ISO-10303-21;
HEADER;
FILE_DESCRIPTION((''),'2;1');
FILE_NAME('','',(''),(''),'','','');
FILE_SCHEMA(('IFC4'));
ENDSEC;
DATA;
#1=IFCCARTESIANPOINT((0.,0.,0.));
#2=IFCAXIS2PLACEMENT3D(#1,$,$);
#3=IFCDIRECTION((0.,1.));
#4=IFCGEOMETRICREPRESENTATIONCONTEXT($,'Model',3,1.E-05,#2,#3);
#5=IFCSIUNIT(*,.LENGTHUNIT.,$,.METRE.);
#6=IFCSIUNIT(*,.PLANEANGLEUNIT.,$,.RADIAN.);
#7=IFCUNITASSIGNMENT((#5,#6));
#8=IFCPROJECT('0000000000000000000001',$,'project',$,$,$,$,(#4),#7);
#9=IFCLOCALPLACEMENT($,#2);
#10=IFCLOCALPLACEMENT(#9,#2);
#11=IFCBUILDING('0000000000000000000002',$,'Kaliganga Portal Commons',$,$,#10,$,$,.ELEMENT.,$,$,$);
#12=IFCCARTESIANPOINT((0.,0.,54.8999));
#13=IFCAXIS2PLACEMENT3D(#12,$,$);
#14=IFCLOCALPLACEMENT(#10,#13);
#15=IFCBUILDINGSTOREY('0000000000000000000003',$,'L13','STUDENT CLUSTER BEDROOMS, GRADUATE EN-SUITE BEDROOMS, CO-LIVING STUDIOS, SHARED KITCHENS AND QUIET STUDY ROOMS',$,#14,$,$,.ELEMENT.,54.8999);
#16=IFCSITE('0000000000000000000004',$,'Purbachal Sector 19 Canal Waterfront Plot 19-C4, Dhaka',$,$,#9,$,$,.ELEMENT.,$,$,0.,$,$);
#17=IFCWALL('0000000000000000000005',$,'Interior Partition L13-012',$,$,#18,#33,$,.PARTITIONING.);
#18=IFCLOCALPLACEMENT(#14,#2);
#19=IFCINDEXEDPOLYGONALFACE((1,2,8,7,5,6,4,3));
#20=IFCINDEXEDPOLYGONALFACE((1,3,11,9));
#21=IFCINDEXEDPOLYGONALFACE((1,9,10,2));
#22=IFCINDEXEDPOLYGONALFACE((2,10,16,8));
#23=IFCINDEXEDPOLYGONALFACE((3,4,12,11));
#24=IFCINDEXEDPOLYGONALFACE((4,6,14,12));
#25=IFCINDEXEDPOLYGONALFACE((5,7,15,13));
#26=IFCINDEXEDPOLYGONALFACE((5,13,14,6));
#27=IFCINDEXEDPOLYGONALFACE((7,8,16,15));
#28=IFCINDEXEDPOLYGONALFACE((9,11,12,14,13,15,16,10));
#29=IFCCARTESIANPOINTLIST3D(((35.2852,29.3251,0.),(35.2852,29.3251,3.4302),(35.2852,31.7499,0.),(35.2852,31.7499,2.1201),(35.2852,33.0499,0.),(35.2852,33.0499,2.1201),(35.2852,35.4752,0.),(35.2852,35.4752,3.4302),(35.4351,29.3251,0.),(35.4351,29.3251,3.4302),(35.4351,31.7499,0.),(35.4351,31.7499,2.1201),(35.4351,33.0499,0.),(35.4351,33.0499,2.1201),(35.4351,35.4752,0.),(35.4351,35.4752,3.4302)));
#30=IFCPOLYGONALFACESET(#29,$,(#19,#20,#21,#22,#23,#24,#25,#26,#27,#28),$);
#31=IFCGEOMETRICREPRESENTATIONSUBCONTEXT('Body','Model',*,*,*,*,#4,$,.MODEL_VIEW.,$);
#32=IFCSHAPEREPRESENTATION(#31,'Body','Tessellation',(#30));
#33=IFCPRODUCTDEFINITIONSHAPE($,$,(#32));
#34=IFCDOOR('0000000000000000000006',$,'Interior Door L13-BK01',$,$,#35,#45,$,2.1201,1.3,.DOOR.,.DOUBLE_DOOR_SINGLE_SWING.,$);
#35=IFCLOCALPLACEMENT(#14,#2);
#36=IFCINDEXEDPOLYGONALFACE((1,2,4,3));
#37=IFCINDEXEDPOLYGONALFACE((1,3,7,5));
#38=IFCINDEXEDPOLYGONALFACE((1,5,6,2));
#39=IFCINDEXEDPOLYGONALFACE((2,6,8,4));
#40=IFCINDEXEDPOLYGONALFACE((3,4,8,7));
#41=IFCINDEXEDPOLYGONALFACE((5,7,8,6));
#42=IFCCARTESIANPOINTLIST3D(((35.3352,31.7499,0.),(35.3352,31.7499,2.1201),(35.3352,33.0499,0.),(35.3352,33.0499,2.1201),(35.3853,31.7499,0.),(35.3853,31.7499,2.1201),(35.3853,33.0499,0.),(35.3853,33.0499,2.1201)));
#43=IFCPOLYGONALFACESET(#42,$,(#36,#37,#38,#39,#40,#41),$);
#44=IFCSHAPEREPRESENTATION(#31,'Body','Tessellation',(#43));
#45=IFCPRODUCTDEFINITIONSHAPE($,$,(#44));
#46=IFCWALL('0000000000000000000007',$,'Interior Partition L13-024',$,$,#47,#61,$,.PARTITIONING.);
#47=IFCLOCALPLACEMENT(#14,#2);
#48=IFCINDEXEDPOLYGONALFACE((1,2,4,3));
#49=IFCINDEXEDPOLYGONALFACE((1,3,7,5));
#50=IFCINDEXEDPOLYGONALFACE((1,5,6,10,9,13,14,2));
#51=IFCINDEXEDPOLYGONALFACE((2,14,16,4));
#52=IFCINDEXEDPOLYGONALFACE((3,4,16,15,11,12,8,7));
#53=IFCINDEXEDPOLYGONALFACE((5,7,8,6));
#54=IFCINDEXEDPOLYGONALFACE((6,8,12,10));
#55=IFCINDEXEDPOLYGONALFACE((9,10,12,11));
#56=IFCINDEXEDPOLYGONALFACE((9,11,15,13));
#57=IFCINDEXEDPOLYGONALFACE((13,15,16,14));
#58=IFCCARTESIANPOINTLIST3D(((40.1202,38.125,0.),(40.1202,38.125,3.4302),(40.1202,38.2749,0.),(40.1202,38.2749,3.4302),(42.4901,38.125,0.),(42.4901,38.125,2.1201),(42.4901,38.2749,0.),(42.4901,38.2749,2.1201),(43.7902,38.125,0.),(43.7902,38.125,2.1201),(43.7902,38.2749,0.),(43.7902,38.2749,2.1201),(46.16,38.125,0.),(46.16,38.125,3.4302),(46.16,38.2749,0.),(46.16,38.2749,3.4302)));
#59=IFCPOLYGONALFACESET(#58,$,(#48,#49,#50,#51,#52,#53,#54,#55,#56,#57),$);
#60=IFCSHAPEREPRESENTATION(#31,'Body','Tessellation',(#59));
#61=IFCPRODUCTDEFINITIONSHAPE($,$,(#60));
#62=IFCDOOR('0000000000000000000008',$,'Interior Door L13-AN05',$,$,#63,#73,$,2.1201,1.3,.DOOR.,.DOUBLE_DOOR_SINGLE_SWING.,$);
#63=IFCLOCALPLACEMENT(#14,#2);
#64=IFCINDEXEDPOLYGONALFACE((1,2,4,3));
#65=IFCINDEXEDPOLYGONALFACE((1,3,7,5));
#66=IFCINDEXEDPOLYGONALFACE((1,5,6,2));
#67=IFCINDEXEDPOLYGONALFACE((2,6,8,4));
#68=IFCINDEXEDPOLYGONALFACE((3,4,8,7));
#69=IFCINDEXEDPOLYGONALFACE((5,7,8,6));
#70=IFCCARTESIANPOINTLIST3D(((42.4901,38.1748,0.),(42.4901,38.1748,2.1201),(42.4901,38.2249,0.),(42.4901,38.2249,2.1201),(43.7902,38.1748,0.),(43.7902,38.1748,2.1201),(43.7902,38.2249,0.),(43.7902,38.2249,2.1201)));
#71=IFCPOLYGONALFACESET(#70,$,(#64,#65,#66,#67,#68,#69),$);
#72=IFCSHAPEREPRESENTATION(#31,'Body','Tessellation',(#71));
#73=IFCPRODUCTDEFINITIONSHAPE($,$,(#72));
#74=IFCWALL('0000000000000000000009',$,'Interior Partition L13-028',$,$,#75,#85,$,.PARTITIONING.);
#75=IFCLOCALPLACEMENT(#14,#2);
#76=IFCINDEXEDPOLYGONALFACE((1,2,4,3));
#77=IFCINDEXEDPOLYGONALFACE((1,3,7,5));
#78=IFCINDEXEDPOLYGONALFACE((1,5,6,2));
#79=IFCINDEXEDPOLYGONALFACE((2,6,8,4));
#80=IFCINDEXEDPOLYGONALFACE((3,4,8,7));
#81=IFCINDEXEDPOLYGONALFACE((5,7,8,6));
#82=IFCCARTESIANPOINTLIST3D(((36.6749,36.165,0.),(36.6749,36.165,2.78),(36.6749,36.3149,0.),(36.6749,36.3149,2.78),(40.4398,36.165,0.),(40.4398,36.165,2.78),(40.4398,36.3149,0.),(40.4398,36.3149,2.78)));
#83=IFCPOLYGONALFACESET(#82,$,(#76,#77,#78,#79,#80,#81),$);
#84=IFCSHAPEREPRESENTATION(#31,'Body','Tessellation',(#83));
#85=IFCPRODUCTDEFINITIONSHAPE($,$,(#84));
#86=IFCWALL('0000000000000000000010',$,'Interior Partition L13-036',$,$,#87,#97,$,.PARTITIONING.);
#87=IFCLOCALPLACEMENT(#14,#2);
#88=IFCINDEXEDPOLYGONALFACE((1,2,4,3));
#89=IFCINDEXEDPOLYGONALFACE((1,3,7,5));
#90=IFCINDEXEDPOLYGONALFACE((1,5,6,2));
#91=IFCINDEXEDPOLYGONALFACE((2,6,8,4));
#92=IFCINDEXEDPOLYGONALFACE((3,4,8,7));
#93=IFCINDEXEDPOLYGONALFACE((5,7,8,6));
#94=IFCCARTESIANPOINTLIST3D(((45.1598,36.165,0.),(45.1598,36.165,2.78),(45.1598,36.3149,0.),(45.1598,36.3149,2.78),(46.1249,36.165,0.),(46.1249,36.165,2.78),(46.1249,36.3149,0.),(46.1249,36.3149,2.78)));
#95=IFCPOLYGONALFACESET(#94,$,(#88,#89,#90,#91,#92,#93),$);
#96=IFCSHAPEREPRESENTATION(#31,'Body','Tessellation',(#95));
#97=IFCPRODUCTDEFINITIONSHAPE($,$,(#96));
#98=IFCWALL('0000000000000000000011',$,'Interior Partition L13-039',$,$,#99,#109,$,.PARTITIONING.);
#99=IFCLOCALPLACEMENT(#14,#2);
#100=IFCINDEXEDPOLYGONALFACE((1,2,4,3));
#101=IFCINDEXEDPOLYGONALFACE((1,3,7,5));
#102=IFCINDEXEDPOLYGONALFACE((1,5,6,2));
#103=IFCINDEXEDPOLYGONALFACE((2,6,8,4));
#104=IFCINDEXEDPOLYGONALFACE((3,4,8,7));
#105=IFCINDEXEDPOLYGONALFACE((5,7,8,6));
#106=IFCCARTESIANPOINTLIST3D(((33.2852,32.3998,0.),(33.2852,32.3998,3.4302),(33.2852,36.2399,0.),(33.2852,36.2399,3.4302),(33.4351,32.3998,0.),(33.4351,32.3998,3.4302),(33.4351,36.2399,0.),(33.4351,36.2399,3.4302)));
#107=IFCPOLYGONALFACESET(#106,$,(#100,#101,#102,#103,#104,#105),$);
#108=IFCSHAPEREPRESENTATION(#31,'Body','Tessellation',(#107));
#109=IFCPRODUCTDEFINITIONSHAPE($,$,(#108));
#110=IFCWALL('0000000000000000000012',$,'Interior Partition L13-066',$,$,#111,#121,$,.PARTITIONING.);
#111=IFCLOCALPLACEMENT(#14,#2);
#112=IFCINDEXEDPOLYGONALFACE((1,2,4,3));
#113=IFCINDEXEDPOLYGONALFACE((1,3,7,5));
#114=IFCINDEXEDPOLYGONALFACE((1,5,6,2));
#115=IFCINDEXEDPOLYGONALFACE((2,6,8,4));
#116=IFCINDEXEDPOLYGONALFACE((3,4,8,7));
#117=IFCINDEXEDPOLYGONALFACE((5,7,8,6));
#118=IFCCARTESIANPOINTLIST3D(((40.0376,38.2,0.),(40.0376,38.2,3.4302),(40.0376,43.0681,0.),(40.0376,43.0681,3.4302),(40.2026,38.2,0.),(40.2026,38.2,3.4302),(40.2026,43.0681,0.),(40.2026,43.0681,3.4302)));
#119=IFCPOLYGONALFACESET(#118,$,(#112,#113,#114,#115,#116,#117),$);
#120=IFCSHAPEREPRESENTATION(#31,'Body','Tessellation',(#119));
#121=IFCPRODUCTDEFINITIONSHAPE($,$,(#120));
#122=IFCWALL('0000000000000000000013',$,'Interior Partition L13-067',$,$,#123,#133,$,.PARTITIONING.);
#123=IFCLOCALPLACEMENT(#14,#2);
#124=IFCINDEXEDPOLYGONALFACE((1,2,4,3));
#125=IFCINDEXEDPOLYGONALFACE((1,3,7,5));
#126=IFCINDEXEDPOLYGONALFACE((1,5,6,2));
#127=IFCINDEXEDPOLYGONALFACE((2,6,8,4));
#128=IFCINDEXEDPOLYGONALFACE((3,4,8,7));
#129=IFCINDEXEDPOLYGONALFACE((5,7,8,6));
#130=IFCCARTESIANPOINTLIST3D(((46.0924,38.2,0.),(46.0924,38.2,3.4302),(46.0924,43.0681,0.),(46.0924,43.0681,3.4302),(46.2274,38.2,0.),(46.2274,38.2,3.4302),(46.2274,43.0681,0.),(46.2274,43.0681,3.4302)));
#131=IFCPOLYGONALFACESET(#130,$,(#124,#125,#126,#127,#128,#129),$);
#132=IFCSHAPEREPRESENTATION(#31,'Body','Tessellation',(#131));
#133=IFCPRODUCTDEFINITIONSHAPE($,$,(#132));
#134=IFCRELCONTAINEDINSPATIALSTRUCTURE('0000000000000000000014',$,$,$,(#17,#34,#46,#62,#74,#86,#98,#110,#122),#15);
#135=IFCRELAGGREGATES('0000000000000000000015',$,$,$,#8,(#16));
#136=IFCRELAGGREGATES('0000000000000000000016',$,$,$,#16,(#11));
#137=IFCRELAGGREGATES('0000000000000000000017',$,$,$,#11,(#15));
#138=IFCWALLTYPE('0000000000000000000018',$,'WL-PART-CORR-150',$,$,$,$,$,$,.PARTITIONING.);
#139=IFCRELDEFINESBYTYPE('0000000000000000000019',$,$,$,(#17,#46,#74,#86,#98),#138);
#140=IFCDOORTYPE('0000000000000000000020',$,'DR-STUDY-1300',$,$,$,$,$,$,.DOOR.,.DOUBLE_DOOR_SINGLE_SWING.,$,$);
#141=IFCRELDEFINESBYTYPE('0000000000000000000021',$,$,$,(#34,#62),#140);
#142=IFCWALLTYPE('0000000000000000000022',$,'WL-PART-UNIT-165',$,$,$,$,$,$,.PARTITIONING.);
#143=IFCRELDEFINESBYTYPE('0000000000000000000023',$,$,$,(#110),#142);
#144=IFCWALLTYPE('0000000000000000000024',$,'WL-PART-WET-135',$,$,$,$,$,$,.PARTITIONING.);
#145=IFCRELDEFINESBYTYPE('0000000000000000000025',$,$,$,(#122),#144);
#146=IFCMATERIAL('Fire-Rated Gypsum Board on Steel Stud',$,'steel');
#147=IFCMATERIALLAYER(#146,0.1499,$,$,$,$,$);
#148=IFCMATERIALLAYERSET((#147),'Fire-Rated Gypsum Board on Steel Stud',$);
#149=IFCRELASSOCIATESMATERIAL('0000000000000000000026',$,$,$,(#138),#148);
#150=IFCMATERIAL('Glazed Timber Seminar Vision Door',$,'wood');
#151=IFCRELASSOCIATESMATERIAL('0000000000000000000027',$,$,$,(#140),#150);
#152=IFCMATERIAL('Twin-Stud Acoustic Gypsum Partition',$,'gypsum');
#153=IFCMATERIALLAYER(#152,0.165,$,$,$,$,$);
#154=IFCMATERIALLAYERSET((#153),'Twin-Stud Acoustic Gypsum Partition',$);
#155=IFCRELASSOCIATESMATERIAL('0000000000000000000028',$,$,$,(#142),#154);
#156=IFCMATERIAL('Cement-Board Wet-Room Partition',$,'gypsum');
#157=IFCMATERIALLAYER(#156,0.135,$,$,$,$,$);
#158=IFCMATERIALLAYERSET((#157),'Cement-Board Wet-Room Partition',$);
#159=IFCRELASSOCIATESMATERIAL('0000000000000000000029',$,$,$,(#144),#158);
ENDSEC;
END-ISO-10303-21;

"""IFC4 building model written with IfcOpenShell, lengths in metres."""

from ifc_helpers import new_model, si_unit, direction, frame, frame_2d, origin, place, context, subcontext, project, spatial, rectangle, extrude, material, layer, layer_set, type_object, element, fill, save


model = new_model("IFC4")

# Units and contexts
model_context = context("Model", 3, precision=1e-05, world=origin(), true_north=direction((0.0, 1.0)))
body_context = subcontext(model_context, "Body", "Model", "MODEL_VIEW")
ifc_project = project(units=[si_unit("LENGTHUNIT", "METRE"), si_unit("PLANEANGLEUNIT", "RADIAN")], contexts=[model_context])

# Site, building, storey
site_placement = place(None, origin())
site = spatial("IfcSite", under=ifc_project, at=site_placement, Name="Purbachal Sector 19 Canal Waterfront Plot 19-C4, Dhaka", CompositionType="ELEMENT", RefElevation=0.0)
building_placement = place(site_placement, origin())
building = spatial("IfcBuilding", under=site, at=building_placement, Name="Kaliganga Portal Commons", CompositionType="ELEMENT")
storey_placement = place(building_placement, frame((0.0, 0.0, 54.8999)))
storey = spatial("IfcBuildingStorey", under=building, at=storey_placement, Name="L13", Description="STUDENT CLUSTER BEDROOMS, GRADUATE EN-SUITE BEDROOMS, CO-LIVING STUDIOS, SHARED KITCHENS AND QUIET STUDY ROOMS", CompositionType="ELEMENT", Elevation=54.8999)

# Walls, openings, doors
ifc_material_1 = material(Name="Fire-Rated Gypsum Board on Steel Stud", Category="steel")
ifc_layer_1 = layer(ifc_material_1, 0.1499)
ifc_layer_set_1 = layer_set([ifc_layer_1], Name="Fire-Rated Gypsum Board on Steel Stud")
wall_type_1 = type_object("IfcWallType", Name="WL-PART-CORR-150", PredefinedType="PARTITIONING", material=ifc_layer_set_1)
wall_1_placement = place(storey_placement, frame((35.3601, 29.325, 0.0), z_axis=(0.0, 0.0, 1.0), x_axis=(0.0, 1.0, 0.0)))
wall_1 = element("IfcWall", 1, at=wall_1_placement, inside=storey, type_object=wall_type_1, Name="Interior Partition L13-012", PredefinedType="PARTITIONING", context=body_context, shape_type="SweptSolid", body=[
    extrude(rectangle(XDim=6.1501, YDim=0.1499, at=frame_2d((3.0752, 0.0))), origin(), (0.0, 0.0, 1.0), 3.4302),
])
opening_1_placement = place(wall_1_placement, frame((2.425, 0.0, 0.0)))
opening_1 = element("IfcOpeningElement", 2, at=opening_1_placement, cuts=wall_1, PredefinedType="OPENING", context=body_context, shape_type="SweptSolid", body=[
    extrude(rectangle(XDim=1.3, YDim=2.1201, at=frame_2d((0.6499, 1.0601))), frame((0.0, 0.085, 0.0), z_axis=(0.0, -1.0, 0.0), x_axis=(1.0, 0.0, 0.0)), (0.0, 0.0, 1.0), 0.1699),
])
ifc_material_2 = material(Name="Glazed Timber Seminar Vision Door", Category="wood")
door_type_1 = type_object("IfcDoorType", Name="DR-STUDY-1300", OperationType="DOUBLE_DOOR_SINGLE_SWING", PredefinedType="DOOR", material=ifc_material_2)
door_1_placement = place(opening_1_placement, origin())
door_1 = element("IfcDoor", 3, at=door_1_placement, inside=storey, type_object=door_type_1, Name="Interior Door L13-BK01", OperationType="DOUBLE_DOOR_SINGLE_SWING", OverallHeight=2.1201, OverallWidth=1.3, PredefinedType="DOOR", context=body_context, shape_type="SweptSolid", body=[
    extrude(rectangle(XDim=1.3, YDim=2.1201, at=frame_2d((0.6499, 1.0601))), frame((0.0, 0.0249, 0.0), z_axis=(0.0, -1.0, 0.0), x_axis=(1.0, 0.0, 0.0)), (0.0, 0.0, 1.0), 0.05),
])
fill(opening_1, door_1)
wall_2_placement = place(storey_placement, frame((40.1201, 38.2, 0.0), z_axis=(0.0, 0.0, 1.0), x_axis=(1.0, 0.0, 0.0)))
wall_2 = element("IfcWall", 4, at=wall_2_placement, inside=storey, type_object=wall_type_1, Name="Interior Partition L13-024", PredefinedType="PARTITIONING", context=body_context, shape_type="SweptSolid", body=[
    extrude(rectangle(XDim=6.0398, YDim=0.1499, at=frame_2d((3.02, 0.0))), origin(), (0.0, 0.0, 1.0), 3.4302),
])
opening_2_placement = place(wall_2_placement, frame((2.3701, 0.0, 0.0)))
opening_2 = element("IfcOpeningElement", 5, at=opening_2_placement, cuts=wall_2, PredefinedType="OPENING", context=body_context, shape_type="SweptSolid", body=[
    extrude(rectangle(XDim=1.3, YDim=2.1201, at=frame_2d((0.6499, 1.0601))), frame((0.0, 0.085, 0.0), z_axis=(0.0, -1.0, 0.0), x_axis=(1.0, 0.0, 0.0)), (0.0, 0.0, 1.0), 0.1699),
])
door_2_placement = place(opening_2_placement, origin())
door_2 = element("IfcDoor", 6, at=door_2_placement, inside=storey, type_object=door_type_1, Name="Interior Door L13-AN05", OperationType="DOUBLE_DOOR_SINGLE_SWING", OverallHeight=2.1201, OverallWidth=1.3, PredefinedType="DOOR", context=body_context, shape_type="SweptSolid", body=[
    extrude(rectangle(XDim=1.3, YDim=2.1201, at=frame_2d((0.6499, 1.0601))), frame((0.0, 0.0249, 0.0), z_axis=(0.0, -1.0, 0.0), x_axis=(1.0, 0.0, 0.0)), (0.0, 0.0, 1.0), 0.05),
])
fill(opening_2, door_2)

# Wall
wall_3_placement = place(storey_placement, frame((36.675, 36.24, 0.0), z_axis=(0.0, 0.0, 1.0), x_axis=(1.0, 0.0, 0.0)))
element("IfcWall", 7, at=wall_3_placement, inside=storey, type_object=wall_type_1, Name="Interior Partition L13-028", PredefinedType="PARTITIONING", context=body_context, shape_type="SweptSolid", body=[
    extrude(rectangle(XDim=3.7649, YDim=0.1499, at=frame_2d((1.8823, 0.0))), origin(), (0.0, 0.0, 1.0), 2.78),
])

# Walls
wall_4_placement = place(storey_placement, frame((45.1599, 36.24, 0.0), z_axis=(0.0, 0.0, 1.0), x_axis=(1.0, 0.0, 0.0)))
element("IfcWall", 8, at=wall_4_placement, inside=storey, type_object=wall_type_1, Name="Interior Partition L13-036", PredefinedType="PARTITIONING", context=body_context, shape_type="SweptSolid", body=[
    extrude(rectangle(XDim=0.9651, YDim=0.1499, at=frame_2d((0.4824, 0.0))), origin(), (0.0, 0.0, 1.0), 2.78),
])
wall_5_placement = place(storey_placement, frame((33.3601, 32.3999, 0.0), z_axis=(0.0, 0.0, 1.0), x_axis=(0.0, 1.0, 0.0)))
element("IfcWall", 9, at=wall_5_placement, inside=storey, type_object=wall_type_1, Name="Interior Partition L13-039", PredefinedType="PARTITIONING", context=body_context, shape_type="SweptSolid", body=[
    extrude(rectangle(XDim=3.8401, YDim=0.1499, at=frame_2d((1.9199, 0.0))), origin(), (0.0, 0.0, 1.0), 3.4302),
])

# Walls
ifc_material_3 = material(Name="Twin-Stud Acoustic Gypsum Partition", Category="gypsum")
ifc_layer_2 = layer(ifc_material_3, 0.165)
ifc_layer_set_2 = layer_set([ifc_layer_2], Name="Twin-Stud Acoustic Gypsum Partition")
wall_type_2 = type_object("IfcWallType", Name="WL-PART-UNIT-165", PredefinedType="PARTITIONING", material=ifc_layer_set_2)
wall_6_placement = place(storey_placement, frame((40.1201, 38.2, 0.0), z_axis=(0.0, 0.0, 1.0), x_axis=(0.0, 1.0, 0.0)))
element("IfcWall", 10, at=wall_6_placement, inside=storey, type_object=wall_type_2, Name="Interior Partition L13-066", PredefinedType="PARTITIONING", context=body_context, shape_type="SweptSolid", body=[
    extrude(rectangle(XDim=4.8682, YDim=0.165, at=frame_2d((2.4341, 0.0))), origin(), (0.0, 0.0, 1.0), 3.4302),
])
ifc_material_4 = material(Name="Cement-Board Wet-Room Partition", Category="gypsum")
ifc_layer_3 = layer(ifc_material_4, 0.135)
ifc_layer_set_3 = layer_set([ifc_layer_3], Name="Cement-Board Wet-Room Partition")
wall_type_3 = type_object("IfcWallType", Name="WL-PART-WET-135", PredefinedType="PARTITIONING", material=ifc_layer_set_3)
wall_7_placement = place(storey_placement, frame((46.1599, 38.2, 0.0), z_axis=(0.0, 0.0, 1.0), x_axis=(0.0, 1.0, 0.0)))
element("IfcWall", 11, at=wall_7_placement, inside=storey, type_object=wall_type_3, Name="Interior Partition L13-067", PredefinedType="PARTITIONING", context=body_context, shape_type="SweptSolid", body=[
    extrude(rectangle(XDim=4.8682, YDim=0.135, at=frame_2d((2.4341, 0.0))), origin(), (0.0, 0.0, 1.0), 3.4302),
])

save(model, "model.ifc")
